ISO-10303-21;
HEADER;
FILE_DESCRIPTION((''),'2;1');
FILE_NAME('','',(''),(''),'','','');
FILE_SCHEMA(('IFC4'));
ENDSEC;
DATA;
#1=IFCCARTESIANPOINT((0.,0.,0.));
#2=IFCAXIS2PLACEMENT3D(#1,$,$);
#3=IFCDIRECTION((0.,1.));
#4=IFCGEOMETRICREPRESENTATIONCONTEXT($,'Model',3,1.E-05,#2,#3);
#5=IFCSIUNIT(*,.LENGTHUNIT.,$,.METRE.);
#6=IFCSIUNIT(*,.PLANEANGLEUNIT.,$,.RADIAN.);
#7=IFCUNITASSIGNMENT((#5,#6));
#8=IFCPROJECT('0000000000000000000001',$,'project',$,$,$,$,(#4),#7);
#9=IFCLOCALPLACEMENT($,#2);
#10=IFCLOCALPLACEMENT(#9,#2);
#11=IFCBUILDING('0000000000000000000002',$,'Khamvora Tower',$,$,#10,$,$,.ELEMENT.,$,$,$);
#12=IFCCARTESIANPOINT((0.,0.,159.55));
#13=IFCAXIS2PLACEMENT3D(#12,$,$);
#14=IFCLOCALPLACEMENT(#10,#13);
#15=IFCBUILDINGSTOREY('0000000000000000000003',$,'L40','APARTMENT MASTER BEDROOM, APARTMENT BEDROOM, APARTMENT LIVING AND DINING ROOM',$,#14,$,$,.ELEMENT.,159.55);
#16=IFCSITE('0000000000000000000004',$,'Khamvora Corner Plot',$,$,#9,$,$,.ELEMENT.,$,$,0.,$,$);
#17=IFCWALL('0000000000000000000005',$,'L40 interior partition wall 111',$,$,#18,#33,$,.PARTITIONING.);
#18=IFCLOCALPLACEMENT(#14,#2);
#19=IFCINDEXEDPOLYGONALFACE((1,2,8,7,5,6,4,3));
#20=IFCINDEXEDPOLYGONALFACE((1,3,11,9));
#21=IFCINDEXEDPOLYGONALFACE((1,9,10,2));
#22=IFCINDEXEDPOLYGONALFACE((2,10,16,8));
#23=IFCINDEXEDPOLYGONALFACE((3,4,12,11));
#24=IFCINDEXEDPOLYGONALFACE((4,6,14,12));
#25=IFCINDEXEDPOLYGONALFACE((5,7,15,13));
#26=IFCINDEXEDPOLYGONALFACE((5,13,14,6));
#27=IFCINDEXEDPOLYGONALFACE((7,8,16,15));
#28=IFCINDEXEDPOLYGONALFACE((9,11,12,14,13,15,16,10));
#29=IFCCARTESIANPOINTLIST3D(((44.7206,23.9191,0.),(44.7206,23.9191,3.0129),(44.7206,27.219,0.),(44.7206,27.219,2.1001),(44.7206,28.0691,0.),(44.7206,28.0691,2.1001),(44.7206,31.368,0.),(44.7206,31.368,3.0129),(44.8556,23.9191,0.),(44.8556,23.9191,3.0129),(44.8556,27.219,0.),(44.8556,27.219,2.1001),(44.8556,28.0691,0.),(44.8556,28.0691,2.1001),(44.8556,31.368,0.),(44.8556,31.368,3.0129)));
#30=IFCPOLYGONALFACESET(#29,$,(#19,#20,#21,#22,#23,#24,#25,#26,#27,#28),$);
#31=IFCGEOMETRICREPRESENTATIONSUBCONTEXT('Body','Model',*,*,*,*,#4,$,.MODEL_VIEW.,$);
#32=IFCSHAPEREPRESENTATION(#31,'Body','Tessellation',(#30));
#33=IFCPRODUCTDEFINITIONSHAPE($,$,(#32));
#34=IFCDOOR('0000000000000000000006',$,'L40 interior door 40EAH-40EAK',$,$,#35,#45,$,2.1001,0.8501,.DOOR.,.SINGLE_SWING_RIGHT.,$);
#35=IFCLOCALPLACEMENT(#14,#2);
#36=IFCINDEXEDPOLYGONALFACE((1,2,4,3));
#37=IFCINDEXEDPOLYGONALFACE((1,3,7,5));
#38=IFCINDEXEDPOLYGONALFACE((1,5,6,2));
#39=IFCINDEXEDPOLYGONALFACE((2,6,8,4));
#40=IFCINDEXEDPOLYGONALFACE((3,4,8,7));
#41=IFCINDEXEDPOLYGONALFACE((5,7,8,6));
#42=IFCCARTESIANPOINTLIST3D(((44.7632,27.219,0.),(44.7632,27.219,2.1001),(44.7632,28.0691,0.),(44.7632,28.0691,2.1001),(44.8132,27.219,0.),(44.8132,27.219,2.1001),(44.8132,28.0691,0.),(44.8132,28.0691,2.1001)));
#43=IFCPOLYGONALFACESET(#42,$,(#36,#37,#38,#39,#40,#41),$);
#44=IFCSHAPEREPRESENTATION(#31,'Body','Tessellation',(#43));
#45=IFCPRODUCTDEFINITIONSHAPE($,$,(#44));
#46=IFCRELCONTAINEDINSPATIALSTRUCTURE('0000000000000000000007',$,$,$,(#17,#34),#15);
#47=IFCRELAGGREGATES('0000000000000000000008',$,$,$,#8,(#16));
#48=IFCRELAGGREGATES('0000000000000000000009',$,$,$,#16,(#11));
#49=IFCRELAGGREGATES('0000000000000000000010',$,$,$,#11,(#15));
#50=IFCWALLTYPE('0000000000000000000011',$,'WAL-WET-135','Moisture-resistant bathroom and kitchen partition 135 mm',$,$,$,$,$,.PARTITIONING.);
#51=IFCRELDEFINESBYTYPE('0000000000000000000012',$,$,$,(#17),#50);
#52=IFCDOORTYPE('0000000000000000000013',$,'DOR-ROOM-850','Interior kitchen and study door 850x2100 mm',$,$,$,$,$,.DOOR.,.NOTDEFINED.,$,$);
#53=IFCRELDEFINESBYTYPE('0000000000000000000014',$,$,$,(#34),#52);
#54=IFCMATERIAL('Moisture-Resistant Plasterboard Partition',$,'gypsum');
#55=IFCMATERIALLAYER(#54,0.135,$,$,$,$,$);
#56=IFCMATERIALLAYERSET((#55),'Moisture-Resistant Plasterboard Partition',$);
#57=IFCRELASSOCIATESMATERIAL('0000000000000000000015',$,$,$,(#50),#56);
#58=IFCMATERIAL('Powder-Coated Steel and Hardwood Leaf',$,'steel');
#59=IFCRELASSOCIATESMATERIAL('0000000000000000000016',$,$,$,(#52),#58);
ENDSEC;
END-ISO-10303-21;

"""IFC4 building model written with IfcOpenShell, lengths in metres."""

from ifc_helpers import new_model, si_unit, direction, frame, frame_2d, origin, place, context, subcontext, project, spatial, rectangle, extrude, material, layer, layer_set, type_object, element, fill, save


model = new_model("IFC4")

# Units and contexts
model_context = context("Model", 3, precision=1e-05, world=origin(), true_north=direction((0.0, 1.0)))
body_context = subcontext(model_context, "Body", "Model", "MODEL_VIEW")
ifc_project = project(units=[si_unit("LENGTHUNIT", "METRE"), si_unit("PLANEANGLEUNIT", "RADIAN")], contexts=[model_context])

# Site, building, storey
site_placement = place(None, origin())
site = spatial("IfcSite", under=ifc_project, at=site_placement, Name="Khamvora Corner Plot", CompositionType="ELEMENT", RefElevation=0.0)
building_placement = place(site_placement, origin())
building = spatial("IfcBuilding", under=site, at=building_placement, Name="Khamvora Tower", CompositionType="ELEMENT")
storey_placement = place(building_placement, frame((0.0, 0.0, 159.55)))
storey = spatial("IfcBuildingStorey", under=building, at=storey_placement, Name="L40", Description="APARTMENT MASTER BEDROOM, APARTMENT BEDROOM, APARTMENT LIVING AND DINING ROOM", CompositionType="ELEMENT", Elevation=159.55)

# Shared definitions
ifc_material_1 = material(Name="Powder-Coated Steel and Hardwood Leaf", Category="steel")

# Shared definitions
ifc_material_2 = material(Name="Moisture-Resistant Plasterboard Partition", Category="gypsum")
ifc_layer_1 = layer(ifc_material_2, 0.135)
ifc_layer_set_1 = layer_set([ifc_layer_1], Name="Moisture-Resistant Plasterboard Partition")
wall_type_1 = type_object("IfcWallType", Name="WAL-WET-135", Description="Moisture-resistant bathroom and kitchen partition 135 mm", PredefinedType="PARTITIONING", material=ifc_layer_set_1)

# Wall, opening, door
wall_1_placement = place(storey_placement, frame((44.7881, 23.9189, 0.0), z_axis=(0.0, 0.0, 1.0), x_axis=(0.0, 1.0, 0.0)))
wall_1 = element("IfcWall", 1, at=wall_1_placement, inside=storey, type_object=wall_type_1, Name="L40 interior partition wall 111", PredefinedType="PARTITIONING", context=body_context, shape_type="SweptSolid", body=[
    extrude(rectangle(XDim=7.449, YDim=0.135, at=frame_2d((3.7246, 0.0))), origin(), (0.0, 0.0, 1.0), 3.0129),
])
opening_1_placement = place(wall_1_placement, frame((3.3, 0.0, 0.0)))
opening_1 = element("IfcOpeningElement", 2, at=opening_1_placement, cuts=wall_1, PredefinedType="OPENING", context=body_context, shape_type="SweptSolid", body=[
    extrude(rectangle(XDim=0.8501, YDim=2.1001, at=frame_2d((0.425, 1.05))), frame((0.0, 0.0774, 0.0), z_axis=(0.0, -1.0, 0.0), x_axis=(1.0, 0.0, 0.0)), (0.0, 0.0, 1.0), 0.155),
])
door_type_1 = type_object("IfcDoorType", Name="DOR-ROOM-850", Description="Interior kitchen and study door 850x2100 mm", OperationType="NOTDEFINED", PredefinedType="DOOR", material=ifc_material_1)
door_1_placement = place(opening_1_placement, origin())
door_1 = element("IfcDoor", 3, at=door_1_placement, inside=storey, type_object=door_type_1, Name="L40 interior door 40EAH-40EAK", OperationType="SINGLE_SWING_RIGHT", OverallHeight=2.1001, OverallWidth=0.8501, PredefinedType="DOOR", context=body_context, shape_type="SweptSolid", body=[
    extrude(rectangle(XDim=0.8501, YDim=2.1001, at=frame_2d((0.425, 1.05))), frame((0.0, 0.0249, 0.0), z_axis=(0.0, -1.0, 0.0), x_axis=(1.0, 0.0, 0.0)), (0.0, 0.0, 1.0), 0.05),
])
fill(opening_1, door_1)

save(model, "model.ifc")
